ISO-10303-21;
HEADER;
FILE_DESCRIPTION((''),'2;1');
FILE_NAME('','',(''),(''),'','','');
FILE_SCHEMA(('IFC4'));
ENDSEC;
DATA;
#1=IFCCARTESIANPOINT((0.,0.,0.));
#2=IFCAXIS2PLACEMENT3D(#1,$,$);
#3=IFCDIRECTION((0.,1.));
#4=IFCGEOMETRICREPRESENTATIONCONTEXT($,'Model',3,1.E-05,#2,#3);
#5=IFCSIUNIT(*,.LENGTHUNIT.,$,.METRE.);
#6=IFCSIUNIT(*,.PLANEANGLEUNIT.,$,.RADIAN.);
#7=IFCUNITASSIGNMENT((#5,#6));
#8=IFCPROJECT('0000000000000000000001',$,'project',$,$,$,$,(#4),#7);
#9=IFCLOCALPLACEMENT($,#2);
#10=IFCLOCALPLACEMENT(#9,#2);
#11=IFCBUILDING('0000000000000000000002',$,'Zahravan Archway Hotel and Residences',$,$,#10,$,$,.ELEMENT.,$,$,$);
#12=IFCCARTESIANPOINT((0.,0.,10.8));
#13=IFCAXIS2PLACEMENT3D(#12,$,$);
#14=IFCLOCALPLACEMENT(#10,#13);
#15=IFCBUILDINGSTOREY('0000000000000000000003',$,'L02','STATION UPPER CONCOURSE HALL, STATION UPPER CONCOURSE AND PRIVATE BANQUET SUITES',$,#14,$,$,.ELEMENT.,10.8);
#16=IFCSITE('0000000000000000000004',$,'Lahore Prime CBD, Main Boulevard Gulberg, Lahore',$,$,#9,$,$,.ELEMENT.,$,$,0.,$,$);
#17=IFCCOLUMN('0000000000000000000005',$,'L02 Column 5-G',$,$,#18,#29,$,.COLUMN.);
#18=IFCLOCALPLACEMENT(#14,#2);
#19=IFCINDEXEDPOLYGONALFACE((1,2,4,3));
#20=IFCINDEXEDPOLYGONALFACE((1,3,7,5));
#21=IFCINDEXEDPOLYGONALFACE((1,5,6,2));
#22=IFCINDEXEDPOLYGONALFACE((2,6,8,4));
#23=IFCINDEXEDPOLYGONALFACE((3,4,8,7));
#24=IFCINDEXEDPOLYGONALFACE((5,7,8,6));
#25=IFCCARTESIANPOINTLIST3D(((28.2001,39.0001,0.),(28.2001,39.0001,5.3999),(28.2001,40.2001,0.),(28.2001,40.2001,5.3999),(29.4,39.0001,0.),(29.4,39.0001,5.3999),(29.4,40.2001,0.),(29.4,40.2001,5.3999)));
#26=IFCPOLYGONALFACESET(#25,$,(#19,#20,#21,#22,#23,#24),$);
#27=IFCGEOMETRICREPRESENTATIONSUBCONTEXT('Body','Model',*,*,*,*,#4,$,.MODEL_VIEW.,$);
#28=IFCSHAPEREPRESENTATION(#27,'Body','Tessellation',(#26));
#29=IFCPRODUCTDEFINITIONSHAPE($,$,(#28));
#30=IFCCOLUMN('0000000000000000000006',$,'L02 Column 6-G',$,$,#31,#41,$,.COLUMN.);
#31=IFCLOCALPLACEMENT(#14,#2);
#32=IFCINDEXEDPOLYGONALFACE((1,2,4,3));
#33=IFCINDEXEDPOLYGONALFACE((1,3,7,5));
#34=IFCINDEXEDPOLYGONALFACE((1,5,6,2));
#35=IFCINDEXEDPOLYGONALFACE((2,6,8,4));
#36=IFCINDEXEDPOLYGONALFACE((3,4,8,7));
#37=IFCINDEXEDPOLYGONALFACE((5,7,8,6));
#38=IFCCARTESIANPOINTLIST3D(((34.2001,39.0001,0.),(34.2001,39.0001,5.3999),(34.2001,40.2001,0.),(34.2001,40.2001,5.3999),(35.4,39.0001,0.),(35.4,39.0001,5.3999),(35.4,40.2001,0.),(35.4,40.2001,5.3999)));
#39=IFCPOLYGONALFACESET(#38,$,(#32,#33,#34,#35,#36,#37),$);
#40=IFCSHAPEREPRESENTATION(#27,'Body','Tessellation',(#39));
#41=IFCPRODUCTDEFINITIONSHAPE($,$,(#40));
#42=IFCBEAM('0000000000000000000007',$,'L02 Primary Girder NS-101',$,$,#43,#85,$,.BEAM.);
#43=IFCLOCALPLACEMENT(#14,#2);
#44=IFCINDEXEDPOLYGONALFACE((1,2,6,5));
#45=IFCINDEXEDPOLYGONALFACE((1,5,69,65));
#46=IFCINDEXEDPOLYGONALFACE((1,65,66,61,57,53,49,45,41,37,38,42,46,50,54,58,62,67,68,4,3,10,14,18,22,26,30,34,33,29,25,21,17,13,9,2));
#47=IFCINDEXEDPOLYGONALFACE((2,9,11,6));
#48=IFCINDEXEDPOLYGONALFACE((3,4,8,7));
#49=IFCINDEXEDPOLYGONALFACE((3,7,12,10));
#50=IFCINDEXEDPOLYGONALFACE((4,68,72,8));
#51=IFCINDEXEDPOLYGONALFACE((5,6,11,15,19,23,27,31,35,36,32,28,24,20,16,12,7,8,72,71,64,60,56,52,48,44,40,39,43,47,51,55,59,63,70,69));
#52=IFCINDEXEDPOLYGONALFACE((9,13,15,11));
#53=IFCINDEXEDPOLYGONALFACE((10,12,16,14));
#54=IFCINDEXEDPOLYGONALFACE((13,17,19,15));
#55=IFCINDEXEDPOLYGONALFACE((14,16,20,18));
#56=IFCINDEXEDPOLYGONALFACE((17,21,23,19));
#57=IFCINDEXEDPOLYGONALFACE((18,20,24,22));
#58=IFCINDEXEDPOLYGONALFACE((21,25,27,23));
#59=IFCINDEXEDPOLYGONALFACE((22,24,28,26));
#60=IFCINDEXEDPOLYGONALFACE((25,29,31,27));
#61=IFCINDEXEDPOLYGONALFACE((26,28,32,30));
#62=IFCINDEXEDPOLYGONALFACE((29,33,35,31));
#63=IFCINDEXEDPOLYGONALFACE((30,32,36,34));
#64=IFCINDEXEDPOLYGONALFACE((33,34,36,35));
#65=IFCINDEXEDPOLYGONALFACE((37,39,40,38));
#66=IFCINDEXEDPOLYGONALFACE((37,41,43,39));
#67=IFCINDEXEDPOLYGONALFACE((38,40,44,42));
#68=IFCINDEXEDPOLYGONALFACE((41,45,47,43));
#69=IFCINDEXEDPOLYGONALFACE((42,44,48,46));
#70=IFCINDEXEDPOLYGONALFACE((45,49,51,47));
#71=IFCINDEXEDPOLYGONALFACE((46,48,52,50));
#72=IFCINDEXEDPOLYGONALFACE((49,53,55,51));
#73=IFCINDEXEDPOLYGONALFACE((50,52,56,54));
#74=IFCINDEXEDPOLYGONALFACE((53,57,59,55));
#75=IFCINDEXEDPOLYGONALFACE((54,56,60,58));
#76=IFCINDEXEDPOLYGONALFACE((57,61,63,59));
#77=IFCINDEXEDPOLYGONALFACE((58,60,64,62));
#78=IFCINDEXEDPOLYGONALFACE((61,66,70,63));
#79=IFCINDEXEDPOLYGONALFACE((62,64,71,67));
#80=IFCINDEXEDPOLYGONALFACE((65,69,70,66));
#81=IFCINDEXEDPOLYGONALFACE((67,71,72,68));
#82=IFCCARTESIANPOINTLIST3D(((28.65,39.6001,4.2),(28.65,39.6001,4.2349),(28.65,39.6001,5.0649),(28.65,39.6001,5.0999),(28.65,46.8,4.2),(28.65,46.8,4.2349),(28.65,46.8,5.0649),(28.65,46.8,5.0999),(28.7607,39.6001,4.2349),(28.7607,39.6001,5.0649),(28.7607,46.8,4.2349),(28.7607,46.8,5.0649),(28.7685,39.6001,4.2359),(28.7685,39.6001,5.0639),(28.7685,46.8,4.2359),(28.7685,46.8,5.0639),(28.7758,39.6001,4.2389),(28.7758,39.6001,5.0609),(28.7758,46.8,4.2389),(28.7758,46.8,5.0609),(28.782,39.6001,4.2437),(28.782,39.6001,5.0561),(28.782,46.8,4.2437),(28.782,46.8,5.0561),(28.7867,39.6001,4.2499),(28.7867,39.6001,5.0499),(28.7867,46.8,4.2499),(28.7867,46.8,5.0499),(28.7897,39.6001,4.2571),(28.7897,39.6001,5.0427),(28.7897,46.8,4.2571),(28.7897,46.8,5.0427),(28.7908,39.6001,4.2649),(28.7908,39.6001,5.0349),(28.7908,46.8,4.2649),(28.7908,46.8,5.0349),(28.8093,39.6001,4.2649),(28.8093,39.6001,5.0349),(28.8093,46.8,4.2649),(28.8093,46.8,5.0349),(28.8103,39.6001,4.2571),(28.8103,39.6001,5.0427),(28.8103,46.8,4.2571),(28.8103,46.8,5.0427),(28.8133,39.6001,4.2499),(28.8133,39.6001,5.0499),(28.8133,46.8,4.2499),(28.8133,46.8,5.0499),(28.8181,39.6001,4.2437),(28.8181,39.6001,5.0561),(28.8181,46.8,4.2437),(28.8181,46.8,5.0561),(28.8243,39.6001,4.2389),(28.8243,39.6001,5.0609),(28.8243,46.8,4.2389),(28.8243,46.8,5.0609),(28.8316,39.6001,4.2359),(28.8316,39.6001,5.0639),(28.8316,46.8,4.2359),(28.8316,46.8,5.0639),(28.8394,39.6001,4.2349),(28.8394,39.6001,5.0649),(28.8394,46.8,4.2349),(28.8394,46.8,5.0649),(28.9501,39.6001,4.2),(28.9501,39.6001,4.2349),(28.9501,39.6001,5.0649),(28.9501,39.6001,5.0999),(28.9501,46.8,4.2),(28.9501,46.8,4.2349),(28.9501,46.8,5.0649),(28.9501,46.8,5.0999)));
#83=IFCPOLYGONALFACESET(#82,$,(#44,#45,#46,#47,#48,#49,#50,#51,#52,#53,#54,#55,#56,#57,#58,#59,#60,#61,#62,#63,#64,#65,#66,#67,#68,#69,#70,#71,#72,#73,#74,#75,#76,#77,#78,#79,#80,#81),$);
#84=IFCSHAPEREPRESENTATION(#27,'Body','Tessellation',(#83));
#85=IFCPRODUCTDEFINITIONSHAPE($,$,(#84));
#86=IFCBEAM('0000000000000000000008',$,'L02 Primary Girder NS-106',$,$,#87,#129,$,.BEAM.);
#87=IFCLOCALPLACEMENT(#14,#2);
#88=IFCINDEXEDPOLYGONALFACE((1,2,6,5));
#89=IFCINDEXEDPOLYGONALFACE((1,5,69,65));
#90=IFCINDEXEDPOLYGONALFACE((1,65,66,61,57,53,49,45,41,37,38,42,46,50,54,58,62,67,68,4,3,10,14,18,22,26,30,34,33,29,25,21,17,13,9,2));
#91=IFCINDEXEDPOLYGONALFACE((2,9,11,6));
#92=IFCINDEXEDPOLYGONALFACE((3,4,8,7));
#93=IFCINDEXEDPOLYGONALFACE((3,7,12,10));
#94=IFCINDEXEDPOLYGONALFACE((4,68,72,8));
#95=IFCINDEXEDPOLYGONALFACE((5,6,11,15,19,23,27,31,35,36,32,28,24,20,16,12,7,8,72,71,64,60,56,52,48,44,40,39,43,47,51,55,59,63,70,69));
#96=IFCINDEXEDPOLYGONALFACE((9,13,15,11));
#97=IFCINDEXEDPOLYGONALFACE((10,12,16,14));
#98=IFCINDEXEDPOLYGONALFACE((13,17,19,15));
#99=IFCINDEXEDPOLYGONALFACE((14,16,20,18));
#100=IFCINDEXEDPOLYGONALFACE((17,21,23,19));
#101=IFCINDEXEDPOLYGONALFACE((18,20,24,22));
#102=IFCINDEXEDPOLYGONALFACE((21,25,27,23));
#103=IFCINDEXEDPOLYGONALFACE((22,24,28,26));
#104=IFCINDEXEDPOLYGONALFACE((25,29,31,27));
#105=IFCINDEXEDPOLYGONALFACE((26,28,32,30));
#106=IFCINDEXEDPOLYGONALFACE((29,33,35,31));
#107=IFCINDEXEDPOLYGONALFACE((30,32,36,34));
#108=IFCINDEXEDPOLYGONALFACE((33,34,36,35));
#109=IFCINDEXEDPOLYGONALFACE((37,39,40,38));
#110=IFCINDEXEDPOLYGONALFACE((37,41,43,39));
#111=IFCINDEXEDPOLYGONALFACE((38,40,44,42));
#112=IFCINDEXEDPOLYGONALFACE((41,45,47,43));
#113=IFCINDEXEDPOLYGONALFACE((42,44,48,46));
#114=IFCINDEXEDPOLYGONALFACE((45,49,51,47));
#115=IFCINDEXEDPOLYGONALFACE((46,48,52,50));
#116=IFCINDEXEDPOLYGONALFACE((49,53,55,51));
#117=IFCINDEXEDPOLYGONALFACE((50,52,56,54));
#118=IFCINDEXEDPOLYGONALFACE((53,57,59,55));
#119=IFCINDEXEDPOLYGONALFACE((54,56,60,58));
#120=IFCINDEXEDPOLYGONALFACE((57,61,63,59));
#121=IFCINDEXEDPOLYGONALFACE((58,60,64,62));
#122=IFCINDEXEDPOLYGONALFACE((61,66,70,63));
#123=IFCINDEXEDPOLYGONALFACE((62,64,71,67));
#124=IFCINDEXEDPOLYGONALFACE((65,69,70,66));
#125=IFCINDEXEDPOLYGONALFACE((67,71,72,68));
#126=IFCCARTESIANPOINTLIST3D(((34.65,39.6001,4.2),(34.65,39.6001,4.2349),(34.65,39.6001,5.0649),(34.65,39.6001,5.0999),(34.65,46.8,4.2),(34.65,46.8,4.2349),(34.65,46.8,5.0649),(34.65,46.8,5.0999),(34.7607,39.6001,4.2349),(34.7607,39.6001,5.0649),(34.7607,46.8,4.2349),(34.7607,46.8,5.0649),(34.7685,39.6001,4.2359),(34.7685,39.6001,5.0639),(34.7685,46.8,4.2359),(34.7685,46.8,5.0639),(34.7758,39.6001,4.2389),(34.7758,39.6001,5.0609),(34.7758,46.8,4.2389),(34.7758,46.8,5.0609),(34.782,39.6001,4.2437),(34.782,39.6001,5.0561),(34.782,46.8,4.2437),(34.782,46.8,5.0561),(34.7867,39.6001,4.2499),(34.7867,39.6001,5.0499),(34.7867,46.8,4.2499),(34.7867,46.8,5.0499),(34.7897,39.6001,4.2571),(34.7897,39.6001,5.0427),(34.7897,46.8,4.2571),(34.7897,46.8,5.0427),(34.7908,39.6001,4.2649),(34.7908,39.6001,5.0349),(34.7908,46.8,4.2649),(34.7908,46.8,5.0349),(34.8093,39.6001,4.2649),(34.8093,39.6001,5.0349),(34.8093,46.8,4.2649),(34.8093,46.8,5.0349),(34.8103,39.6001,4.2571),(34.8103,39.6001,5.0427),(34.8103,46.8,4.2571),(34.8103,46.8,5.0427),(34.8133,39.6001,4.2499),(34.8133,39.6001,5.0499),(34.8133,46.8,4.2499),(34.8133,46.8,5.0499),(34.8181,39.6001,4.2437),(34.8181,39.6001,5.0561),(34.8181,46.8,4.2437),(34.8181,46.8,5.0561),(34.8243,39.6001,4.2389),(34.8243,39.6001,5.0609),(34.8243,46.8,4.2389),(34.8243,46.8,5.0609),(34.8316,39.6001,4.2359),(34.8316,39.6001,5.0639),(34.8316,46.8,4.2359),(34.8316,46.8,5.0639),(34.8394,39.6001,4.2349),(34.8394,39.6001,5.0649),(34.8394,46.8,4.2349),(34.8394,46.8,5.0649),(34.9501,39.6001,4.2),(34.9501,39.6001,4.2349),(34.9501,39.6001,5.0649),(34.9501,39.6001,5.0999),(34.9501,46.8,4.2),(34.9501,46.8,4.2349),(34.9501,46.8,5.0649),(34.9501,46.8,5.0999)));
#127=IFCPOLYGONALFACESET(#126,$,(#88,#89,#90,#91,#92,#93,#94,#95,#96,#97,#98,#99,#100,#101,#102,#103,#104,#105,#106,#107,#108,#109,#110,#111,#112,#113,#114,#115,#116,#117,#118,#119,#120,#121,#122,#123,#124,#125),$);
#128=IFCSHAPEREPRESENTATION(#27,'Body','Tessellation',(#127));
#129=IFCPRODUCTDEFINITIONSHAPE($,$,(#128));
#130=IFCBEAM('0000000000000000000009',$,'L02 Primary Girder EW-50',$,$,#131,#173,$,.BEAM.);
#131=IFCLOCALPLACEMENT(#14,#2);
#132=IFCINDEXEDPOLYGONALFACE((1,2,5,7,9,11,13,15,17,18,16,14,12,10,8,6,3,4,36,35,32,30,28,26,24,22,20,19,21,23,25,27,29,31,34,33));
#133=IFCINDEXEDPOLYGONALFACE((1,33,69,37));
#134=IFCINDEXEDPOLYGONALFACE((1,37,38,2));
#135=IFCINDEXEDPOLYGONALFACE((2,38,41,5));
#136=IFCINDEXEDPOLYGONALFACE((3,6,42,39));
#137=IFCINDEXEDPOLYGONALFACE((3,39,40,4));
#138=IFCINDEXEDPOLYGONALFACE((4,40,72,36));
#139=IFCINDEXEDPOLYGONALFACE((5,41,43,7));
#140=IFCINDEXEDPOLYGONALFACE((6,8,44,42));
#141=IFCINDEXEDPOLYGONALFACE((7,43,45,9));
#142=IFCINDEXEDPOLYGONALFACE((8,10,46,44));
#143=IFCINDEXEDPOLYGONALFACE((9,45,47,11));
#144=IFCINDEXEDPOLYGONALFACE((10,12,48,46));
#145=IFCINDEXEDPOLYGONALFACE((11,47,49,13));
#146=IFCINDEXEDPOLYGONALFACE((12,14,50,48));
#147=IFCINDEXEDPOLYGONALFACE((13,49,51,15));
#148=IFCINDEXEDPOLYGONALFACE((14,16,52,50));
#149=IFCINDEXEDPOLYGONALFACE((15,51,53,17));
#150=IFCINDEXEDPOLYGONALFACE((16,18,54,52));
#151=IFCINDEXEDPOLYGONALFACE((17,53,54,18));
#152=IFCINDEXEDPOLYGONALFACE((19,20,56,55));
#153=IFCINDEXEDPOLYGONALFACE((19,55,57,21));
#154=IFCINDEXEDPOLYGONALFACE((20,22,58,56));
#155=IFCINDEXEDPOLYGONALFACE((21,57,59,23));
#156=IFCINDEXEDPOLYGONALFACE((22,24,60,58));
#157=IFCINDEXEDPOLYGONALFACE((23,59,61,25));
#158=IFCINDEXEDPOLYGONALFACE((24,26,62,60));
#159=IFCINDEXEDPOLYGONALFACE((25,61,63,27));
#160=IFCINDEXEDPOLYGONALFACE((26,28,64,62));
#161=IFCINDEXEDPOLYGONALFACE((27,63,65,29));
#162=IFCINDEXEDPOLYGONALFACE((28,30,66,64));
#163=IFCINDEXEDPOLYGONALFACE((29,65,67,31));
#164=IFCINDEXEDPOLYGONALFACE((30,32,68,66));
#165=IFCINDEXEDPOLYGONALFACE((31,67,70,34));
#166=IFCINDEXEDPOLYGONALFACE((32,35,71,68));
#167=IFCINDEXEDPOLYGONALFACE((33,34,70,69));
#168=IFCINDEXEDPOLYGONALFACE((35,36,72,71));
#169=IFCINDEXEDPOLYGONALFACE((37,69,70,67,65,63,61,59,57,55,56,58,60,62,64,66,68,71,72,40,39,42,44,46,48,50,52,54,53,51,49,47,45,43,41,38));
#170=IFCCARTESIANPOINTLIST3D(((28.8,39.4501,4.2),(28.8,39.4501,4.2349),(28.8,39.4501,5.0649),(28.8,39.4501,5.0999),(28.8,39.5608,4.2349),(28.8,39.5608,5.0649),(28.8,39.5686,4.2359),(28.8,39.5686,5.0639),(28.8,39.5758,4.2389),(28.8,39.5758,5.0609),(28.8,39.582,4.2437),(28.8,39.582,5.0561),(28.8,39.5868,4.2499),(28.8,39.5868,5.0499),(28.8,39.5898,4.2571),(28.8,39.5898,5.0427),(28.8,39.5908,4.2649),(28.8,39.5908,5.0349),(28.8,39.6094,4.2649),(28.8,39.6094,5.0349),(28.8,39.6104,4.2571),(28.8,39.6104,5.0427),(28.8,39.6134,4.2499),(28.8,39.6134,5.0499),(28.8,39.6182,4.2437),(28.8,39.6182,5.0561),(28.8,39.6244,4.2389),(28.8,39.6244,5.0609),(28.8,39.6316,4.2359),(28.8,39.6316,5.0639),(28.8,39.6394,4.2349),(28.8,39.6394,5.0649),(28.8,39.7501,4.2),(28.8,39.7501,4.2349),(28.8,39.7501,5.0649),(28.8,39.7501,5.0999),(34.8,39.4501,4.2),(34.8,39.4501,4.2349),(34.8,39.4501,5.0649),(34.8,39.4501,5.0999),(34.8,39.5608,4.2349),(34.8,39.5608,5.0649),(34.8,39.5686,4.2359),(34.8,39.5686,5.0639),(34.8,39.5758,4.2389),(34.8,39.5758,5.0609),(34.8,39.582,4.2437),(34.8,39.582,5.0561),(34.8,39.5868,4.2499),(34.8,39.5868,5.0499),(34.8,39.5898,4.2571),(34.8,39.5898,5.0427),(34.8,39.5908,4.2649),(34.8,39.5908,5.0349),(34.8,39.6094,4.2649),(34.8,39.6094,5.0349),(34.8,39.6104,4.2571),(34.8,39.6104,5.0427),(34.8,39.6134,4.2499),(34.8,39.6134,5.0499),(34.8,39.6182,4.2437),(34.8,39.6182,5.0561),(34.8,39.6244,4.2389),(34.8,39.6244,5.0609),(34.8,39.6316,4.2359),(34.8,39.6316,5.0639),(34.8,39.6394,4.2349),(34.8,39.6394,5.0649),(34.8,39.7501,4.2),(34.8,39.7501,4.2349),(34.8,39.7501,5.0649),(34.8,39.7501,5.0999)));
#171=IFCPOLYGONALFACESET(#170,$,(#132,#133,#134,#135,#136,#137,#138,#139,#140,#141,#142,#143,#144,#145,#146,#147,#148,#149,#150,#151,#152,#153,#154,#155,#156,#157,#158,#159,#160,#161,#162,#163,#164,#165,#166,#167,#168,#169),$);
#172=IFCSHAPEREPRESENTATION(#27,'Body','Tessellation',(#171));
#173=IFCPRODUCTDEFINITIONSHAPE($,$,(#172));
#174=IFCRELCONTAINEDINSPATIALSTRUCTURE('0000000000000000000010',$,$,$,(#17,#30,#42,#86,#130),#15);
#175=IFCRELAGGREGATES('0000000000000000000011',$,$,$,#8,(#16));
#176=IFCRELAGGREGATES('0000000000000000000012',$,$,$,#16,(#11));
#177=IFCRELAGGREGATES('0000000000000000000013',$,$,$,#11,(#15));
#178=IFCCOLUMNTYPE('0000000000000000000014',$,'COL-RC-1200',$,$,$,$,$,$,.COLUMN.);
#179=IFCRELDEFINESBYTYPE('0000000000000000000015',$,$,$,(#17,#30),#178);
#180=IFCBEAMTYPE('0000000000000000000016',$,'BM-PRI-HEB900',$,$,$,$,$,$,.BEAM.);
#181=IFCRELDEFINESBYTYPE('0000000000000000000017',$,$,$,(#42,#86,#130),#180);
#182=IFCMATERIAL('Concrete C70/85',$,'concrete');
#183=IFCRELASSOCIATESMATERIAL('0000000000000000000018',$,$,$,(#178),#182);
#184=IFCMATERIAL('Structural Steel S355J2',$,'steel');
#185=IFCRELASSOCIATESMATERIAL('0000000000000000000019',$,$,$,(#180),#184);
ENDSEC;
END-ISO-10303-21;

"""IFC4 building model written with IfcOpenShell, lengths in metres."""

from ifc_helpers import new_model, si_unit, direction, frame, origin, origin_2d, place, context, subcontext, project, spatial, rectangle, i_section, extrude, source, transform, mapped, material, material_profile, profile_set, type_object, element, save


model = new_model("IFC4")

# Units and contexts
model_context = context("Model", 3, precision=1e-05, world=origin(), true_north=direction((0.0, 1.0)))
body_context = subcontext(model_context, "Body", "Model", "MODEL_VIEW")
ifc_project = project(units=[si_unit("LENGTHUNIT", "METRE"), si_unit("PLANEANGLEUNIT", "RADIAN")], contexts=[model_context])

# Site, building, storey
site_placement = place(None, origin())
site = spatial("IfcSite", under=ifc_project, at=site_placement, Name="Lahore Prime CBD, Main Boulevard Gulberg, Lahore", CompositionType="ELEMENT", RefElevation=0.0)
building_placement = place(site_placement, origin())
building = spatial("IfcBuilding", under=site, at=building_placement, Name="Zahravan Archway Hotel and Residences", CompositionType="ELEMENT")
storey_placement = place(building_placement, frame((0.0, 0.0, 10.8)))
storey = spatial("IfcBuildingStorey", under=building, at=storey_placement, Name="L02", Description="STATION UPPER CONCOURSE HALL, STATION UPPER CONCOURSE AND PRIVATE BANQUET SUITES", CompositionType="ELEMENT", Elevation=10.8)

# Columns
ifc_material_1 = material(Name="Concrete C70/85", Category="concrete")
ifc_material_profile_1 = material_profile(ifc_material_1, rectangle(XDim=1.2, YDim=1.2, at=origin_2d()), Name="RC-COL-1200x1200", Category="concrete")
ifc_profile_set_1 = profile_set([ifc_material_profile_1], Name="Concrete C70/85")
column_type = type_object("IfcColumnType", Name="COL-RC-1200", PredefinedType="COLUMN", material=ifc_profile_set_1)
shared_shape_1 = source(origin(), body_context, "Body", "SweptSolid", [
    extrude(rectangle(XDim=1.2, YDim=1.2, at=origin_2d()), origin(), (0.0, 0.0, 1.0), 5.3999),
])
for number, where, z_axis, x_axis, name in (
    (1, (28.8, 39.6001, 0.0), (0.0, 0.0, 1.0), (1.0, 0.0, 0.0), "L02 Column 5-G"),
    (2, (34.8, 39.6001, 0.0), (0.0, 0.0, 1.0), (1.0, 0.0, 0.0), "L02 Column 6-G"),
):
    element("IfcColumn", number, at=place(storey_placement, frame(where, z_axis=z_axis, x_axis=x_axis)), inside=storey, type_object=column_type, Name=name, PredefinedType="COLUMN", context=body_context, shape_type="MappedRepresentation", body=[
        mapped(shared_shape_1, transform((0.0, 0.0, 0.0), scale=1.0)),
    ])

# Beams
ifc_material_2 = material(Name="Structural Steel S355J2", Category="steel")
ifc_material_profile_2 = material_profile(ifc_material_2, i_section(OverallWidth=0.3, OverallDepth=0.8999, WebThickness=0.0186, FlangeThickness=0.0349, FilletRadius=0.03, at=origin_2d()), Name="HEB 900", Category="steel")
ifc_profile_set_2 = profile_set([ifc_material_profile_2], Name="Structural Steel S355J2")
beam_type_1 = type_object("IfcBeamType", Name="BM-PRI-HEB900", PredefinedType="BEAM", material=ifc_profile_set_2)
shared_shape_2 = source(origin(), body_context, "Body", "SweptSolid", [
    extrude(i_section(OverallWidth=0.3, OverallDepth=0.8999, WebThickness=0.0186, FlangeThickness=0.0349, FilletRadius=0.03, at=origin_2d()), origin(), (0.0, 0.0, 1.0), 7.2),
])
for number, where, z_axis, x_axis, name in (
    (3, (28.8, 39.6001, 4.6499), (0.0, 1.0, 0.0), (-1.0, 0.0, 0.0), "L02 Primary Girder NS-101"),
    (4, (34.8, 39.6001, 4.6499), (0.0, 1.0, 0.0), (-1.0, 0.0, 0.0), "L02 Primary Girder NS-106"),
):
    element("IfcBeam", number, at=place(storey_placement, frame(where, z_axis=z_axis, x_axis=x_axis)), inside=storey, type_object=beam_type_1, Name=name, PredefinedType="BEAM", context=body_context, shape_type="MappedRepresentation", body=[
        mapped(shared_shape_2, transform((0.0, 0.0, 0.0), scale=1.0)),
    ])
shared_shape_3 = source(origin(), body_context, "Body", "SweptSolid", [
    extrude(i_section(OverallWidth=0.3, OverallDepth=0.8999, WebThickness=0.0186, FlangeThickness=0.0349, FilletRadius=0.03, at=origin_2d()), origin(), (0.0, 0.0, 1.0), 6.0),
])
beam_1_placement = place(storey_placement, frame((28.8, 39.6001, 4.6499), z_axis=(1.0, 0.0, 0.0), x_axis=(0.0, 1.0, 0.0)))
element("IfcBeam", 5, at=beam_1_placement, inside=storey, type_object=beam_type_1, Name="L02 Primary Girder EW-50", PredefinedType="BEAM", context=body_context, shape_type="MappedRepresentation", body=[
    mapped(shared_shape_3, transform((0.0, 0.0, 0.0), scale=1.0)),
])

save(model, "model.ifc")
